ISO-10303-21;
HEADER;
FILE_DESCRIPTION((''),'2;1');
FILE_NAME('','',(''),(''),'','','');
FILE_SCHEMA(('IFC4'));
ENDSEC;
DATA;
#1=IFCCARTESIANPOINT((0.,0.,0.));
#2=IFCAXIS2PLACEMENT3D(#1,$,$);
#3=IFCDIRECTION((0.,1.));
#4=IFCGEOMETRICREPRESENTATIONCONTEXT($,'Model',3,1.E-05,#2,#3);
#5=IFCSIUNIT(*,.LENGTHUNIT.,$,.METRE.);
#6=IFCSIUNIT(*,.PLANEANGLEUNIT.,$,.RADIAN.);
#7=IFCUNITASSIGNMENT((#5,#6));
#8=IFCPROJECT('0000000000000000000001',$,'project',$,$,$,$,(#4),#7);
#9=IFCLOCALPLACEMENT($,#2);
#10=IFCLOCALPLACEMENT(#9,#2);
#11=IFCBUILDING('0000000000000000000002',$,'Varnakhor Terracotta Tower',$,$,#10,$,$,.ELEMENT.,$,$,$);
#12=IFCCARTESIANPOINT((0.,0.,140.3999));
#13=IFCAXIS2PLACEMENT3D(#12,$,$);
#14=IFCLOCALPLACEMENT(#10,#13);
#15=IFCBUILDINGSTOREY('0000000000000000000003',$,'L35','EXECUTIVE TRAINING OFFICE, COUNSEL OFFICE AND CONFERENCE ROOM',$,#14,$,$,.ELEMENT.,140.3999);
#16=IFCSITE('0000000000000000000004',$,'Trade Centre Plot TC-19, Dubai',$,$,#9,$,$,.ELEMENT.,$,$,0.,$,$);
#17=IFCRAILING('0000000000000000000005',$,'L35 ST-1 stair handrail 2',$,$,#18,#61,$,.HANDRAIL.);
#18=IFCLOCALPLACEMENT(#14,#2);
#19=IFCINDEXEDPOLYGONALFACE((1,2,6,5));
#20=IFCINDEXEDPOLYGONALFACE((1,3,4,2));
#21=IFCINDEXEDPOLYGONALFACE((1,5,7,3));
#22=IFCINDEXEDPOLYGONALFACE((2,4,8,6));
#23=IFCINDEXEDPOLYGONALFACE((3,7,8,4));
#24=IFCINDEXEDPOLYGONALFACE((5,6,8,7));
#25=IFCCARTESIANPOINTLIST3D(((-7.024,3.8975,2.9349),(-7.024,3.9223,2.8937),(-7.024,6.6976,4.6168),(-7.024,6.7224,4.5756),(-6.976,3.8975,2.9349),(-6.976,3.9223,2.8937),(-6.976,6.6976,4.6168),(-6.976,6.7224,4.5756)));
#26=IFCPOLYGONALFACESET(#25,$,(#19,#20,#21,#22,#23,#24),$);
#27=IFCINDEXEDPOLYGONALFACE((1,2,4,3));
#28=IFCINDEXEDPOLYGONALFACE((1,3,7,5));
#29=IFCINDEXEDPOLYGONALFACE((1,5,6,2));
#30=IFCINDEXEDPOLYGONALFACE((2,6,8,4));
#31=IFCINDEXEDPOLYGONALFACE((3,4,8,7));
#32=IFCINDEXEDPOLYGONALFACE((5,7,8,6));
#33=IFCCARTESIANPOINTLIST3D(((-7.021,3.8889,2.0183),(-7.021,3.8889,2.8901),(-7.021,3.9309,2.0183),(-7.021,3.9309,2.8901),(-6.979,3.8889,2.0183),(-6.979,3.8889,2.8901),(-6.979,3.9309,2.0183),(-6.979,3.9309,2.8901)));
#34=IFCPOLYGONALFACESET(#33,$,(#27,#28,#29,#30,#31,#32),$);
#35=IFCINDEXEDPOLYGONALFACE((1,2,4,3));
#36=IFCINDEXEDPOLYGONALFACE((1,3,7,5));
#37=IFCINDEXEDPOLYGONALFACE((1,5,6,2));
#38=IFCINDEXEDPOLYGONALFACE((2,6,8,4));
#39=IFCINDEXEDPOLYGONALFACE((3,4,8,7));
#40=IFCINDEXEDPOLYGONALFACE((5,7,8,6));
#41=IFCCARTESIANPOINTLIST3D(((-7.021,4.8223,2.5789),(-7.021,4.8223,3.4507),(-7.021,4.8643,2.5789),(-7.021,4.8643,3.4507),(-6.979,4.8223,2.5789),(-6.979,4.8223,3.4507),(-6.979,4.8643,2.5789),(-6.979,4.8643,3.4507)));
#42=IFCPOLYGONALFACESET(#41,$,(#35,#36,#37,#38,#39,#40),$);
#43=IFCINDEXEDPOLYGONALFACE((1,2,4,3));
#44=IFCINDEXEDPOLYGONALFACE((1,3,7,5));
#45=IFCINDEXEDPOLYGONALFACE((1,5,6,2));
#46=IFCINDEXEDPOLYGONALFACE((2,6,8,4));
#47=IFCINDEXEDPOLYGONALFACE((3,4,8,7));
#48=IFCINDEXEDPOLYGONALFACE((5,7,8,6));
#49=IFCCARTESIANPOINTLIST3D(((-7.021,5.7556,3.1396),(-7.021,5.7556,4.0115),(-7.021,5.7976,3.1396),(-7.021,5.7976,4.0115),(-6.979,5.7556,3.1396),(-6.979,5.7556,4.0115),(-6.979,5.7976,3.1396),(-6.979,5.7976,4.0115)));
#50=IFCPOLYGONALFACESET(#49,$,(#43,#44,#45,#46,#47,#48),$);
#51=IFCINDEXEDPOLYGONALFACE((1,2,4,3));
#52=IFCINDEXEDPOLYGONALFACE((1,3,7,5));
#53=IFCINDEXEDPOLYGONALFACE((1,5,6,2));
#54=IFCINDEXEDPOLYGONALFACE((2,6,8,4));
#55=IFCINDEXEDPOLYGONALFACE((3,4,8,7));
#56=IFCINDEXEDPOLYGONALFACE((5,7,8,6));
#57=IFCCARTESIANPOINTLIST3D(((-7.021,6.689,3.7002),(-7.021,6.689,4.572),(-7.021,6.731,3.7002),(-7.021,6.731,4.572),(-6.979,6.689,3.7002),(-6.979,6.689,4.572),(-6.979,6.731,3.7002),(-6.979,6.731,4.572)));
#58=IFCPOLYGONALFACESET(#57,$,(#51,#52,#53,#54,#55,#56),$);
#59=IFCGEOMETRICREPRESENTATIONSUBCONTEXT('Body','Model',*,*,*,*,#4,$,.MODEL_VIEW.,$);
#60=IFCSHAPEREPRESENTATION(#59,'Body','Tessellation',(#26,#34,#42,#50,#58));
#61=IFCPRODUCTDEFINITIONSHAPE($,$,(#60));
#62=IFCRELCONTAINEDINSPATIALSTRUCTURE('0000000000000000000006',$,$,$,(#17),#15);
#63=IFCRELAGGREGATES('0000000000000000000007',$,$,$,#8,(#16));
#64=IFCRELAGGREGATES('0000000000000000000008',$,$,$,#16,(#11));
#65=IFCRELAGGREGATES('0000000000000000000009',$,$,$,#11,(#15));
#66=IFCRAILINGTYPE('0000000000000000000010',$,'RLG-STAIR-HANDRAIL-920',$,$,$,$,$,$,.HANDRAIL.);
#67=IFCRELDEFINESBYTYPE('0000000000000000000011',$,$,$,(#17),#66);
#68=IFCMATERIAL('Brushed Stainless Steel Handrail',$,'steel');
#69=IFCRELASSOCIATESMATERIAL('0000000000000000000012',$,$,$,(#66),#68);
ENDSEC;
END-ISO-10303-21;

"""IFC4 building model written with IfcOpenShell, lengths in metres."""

from ifc_helpers import new_model, si_unit, direction, frame, origin, origin_2d, place, context, subcontext, project, spatial, rectangle, extrude, material, type_object, element, save


model = new_model("IFC4")

# Units and contexts
model_context = context("Model", 3, precision=1e-05, world=origin(), true_north=direction((0.0, 1.0)))
body_context = subcontext(model_context, "Body", "Model", "MODEL_VIEW")
ifc_project = project(units=[si_unit("LENGTHUNIT", "METRE"), si_unit("PLANEANGLEUNIT", "RADIAN")], contexts=[model_context])

# Site, building, storey
site_placement = place(None, origin())
site = spatial("IfcSite", under=ifc_project, at=site_placement, Name="Trade Centre Plot TC-19, Dubai", CompositionType="ELEMENT", RefElevation=0.0)
building_placement = place(site_placement, origin())
building = spatial("IfcBuilding", under=site, at=building_placement, Name="Varnakhor Terracotta Tower", CompositionType="ELEMENT")
storey_placement = place(building_placement, frame((0.0, 0.0, 140.3999)))
storey = spatial("IfcBuildingStorey", under=building, at=storey_placement, Name="L35", Description="EXECUTIVE TRAINING OFFICE, COUNSEL OFFICE AND CONFERENCE ROOM", CompositionType="ELEMENT", Elevation=140.3999)

# Railing
ifc_material_1 = material(Name="Brushed Stainless Steel Handrail", Category="steel")
railing_type_1 = type_object("IfcRailingType", Name="RLG-STAIR-HANDRAIL-920", PredefinedType="HANDRAIL", material=ifc_material_1)
railing_1_placement = place(storey_placement, frame((-7.0, 3.9099, 2.0183)))
element("IfcRailing", 1, at=railing_1_placement, inside=storey, type_object=railing_type_1, Name="L35 ST-1 stair handrail 2", PredefinedType="HANDRAIL", context=body_context, shape_type="SweptSolid", body=[
    extrude(rectangle(XDim=0.0481, YDim=0.0481, at=origin_2d()), frame((0.0, 0.0, 0.896), z_axis=(0.0, 0.857242, 0.514913), x_axis=(-1.0, 0.0, 0.0)), (0.0, 0.0, 1.0), 3.2664),
    extrude(rectangle(XDim=0.042, YDim=0.042, at=origin_2d()), origin(), (0.0, 0.0, 1.0), 0.8718),
    extrude(rectangle(XDim=0.042, YDim=0.042, at=origin_2d()), frame((0.0, 0.9333, 0.5605)), (0.0, 0.0, 1.0), 0.8718),
    extrude(rectangle(XDim=0.042, YDim=0.042, at=origin_2d()), frame((0.0, 1.8667, 1.1213)), (0.0, 0.0, 1.0), 0.8718),
    extrude(rectangle(XDim=0.042, YDim=0.042, at=origin_2d()), frame((0.0, 2.8, 1.6819)), (0.0, 0.0, 1.0), 0.8718),
])

save(model, "model.ifc")
